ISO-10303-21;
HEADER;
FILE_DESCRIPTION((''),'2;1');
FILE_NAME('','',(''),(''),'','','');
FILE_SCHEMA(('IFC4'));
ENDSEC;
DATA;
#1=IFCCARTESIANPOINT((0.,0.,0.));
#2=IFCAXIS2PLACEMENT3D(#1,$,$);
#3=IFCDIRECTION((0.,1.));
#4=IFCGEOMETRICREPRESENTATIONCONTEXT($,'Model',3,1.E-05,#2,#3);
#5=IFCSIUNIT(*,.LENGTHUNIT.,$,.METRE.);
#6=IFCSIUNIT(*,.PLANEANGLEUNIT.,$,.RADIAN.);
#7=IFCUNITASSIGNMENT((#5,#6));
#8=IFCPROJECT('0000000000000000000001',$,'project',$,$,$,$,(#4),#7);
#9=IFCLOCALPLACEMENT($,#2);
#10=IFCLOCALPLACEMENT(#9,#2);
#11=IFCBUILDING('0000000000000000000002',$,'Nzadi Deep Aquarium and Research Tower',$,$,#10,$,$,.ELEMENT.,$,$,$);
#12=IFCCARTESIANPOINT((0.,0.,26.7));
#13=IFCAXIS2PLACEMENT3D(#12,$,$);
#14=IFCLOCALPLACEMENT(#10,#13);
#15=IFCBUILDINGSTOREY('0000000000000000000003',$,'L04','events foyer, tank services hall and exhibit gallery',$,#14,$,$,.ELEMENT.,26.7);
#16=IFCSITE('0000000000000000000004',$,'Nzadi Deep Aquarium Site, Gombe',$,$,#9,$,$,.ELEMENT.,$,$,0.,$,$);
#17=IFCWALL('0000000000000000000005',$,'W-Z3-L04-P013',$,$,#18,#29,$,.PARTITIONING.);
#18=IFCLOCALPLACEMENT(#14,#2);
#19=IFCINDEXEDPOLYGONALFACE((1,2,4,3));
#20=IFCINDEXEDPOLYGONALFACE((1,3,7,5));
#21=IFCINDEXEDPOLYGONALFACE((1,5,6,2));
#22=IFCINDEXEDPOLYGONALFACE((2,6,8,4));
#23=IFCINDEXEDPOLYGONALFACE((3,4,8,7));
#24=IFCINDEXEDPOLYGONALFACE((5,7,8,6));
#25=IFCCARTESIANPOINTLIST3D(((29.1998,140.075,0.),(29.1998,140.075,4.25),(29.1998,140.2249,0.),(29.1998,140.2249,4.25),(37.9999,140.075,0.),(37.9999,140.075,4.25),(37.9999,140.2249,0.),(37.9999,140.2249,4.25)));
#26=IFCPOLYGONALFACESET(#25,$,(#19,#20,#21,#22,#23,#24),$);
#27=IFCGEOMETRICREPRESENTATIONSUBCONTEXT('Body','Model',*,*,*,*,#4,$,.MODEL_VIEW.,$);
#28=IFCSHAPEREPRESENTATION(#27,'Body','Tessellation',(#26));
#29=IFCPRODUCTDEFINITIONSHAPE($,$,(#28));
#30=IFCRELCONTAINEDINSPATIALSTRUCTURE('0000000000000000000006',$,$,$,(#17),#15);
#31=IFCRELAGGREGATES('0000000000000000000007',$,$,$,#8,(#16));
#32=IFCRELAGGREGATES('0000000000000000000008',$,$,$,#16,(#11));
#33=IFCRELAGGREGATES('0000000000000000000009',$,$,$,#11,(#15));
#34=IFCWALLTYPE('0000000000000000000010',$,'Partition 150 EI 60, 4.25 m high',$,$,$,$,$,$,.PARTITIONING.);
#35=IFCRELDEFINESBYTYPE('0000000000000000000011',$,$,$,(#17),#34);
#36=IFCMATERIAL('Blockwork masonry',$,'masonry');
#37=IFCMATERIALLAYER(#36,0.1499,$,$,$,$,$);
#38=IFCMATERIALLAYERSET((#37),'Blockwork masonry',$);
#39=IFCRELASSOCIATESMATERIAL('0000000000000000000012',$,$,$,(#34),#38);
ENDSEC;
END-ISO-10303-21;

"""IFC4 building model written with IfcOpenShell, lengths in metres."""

from ifc_helpers import new_model, si_unit, direction, frame, frame_2d, origin, place, context, subcontext, project, spatial, rectangle, extrude, material, layer, layer_set, type_object, element, save


model = new_model("IFC4")

# Units and contexts
model_context = context("Model", 3, precision=1e-05, world=origin(), true_north=direction((0.0, 1.0)))
body_context = subcontext(model_context, "Body", "Model", "MODEL_VIEW")
ifc_project = project(units=[si_unit("LENGTHUNIT", "METRE"), si_unit("PLANEANGLEUNIT", "RADIAN")], contexts=[model_context])

# Site, building, storey
site_placement = place(None, origin())
site = spatial("IfcSite", under=ifc_project, at=site_placement, Name="Nzadi Deep Aquarium Site, Gombe", CompositionType="ELEMENT", RefElevation=0.0)
building_placement = place(site_placement, origin())
building = spatial("IfcBuilding", under=site, at=building_placement, Name="Nzadi Deep Aquarium and Research Tower", CompositionType="ELEMENT")
storey_placement = place(building_placement, frame((0.0, 0.0, 26.7)))
storey = spatial("IfcBuildingStorey", under=building, at=storey_placement, Name="L04", Description="events foyer, tank services hall and exhibit gallery", CompositionType="ELEMENT", Elevation=26.7)

# Wall
ifc_material_1 = material(Name="Blockwork masonry", Category="masonry")
ifc_layer_1 = layer(ifc_material_1, 0.1499)
ifc_layer_set_1 = layer_set([ifc_layer_1], Name="Blockwork masonry")
wall_type = type_object("IfcWallType", Name="Partition 150 EI 60, 4.25 m high", PredefinedType="PARTITIONING", material=ifc_layer_set_1)
wall_placement = place(storey_placement, frame((29.2, 140.1499, 0.0), z_axis=(0.0, 0.0, 1.0), x_axis=(1.0, 0.0, 0.0)))
element("IfcWall", 1, at=wall_placement, inside=storey, type_object=wall_type, Name="W-Z3-L04-P013", PredefinedType="PARTITIONING", context=body_context, shape_type="SweptSolid", body=[
    extrude(rectangle(XDim=8.8, YDim=0.1499, at=frame_2d((4.3999, 0.0))), origin(), (0.0, 0.0, 1.0), 4.25),
])

save(model, "model.ifc")
